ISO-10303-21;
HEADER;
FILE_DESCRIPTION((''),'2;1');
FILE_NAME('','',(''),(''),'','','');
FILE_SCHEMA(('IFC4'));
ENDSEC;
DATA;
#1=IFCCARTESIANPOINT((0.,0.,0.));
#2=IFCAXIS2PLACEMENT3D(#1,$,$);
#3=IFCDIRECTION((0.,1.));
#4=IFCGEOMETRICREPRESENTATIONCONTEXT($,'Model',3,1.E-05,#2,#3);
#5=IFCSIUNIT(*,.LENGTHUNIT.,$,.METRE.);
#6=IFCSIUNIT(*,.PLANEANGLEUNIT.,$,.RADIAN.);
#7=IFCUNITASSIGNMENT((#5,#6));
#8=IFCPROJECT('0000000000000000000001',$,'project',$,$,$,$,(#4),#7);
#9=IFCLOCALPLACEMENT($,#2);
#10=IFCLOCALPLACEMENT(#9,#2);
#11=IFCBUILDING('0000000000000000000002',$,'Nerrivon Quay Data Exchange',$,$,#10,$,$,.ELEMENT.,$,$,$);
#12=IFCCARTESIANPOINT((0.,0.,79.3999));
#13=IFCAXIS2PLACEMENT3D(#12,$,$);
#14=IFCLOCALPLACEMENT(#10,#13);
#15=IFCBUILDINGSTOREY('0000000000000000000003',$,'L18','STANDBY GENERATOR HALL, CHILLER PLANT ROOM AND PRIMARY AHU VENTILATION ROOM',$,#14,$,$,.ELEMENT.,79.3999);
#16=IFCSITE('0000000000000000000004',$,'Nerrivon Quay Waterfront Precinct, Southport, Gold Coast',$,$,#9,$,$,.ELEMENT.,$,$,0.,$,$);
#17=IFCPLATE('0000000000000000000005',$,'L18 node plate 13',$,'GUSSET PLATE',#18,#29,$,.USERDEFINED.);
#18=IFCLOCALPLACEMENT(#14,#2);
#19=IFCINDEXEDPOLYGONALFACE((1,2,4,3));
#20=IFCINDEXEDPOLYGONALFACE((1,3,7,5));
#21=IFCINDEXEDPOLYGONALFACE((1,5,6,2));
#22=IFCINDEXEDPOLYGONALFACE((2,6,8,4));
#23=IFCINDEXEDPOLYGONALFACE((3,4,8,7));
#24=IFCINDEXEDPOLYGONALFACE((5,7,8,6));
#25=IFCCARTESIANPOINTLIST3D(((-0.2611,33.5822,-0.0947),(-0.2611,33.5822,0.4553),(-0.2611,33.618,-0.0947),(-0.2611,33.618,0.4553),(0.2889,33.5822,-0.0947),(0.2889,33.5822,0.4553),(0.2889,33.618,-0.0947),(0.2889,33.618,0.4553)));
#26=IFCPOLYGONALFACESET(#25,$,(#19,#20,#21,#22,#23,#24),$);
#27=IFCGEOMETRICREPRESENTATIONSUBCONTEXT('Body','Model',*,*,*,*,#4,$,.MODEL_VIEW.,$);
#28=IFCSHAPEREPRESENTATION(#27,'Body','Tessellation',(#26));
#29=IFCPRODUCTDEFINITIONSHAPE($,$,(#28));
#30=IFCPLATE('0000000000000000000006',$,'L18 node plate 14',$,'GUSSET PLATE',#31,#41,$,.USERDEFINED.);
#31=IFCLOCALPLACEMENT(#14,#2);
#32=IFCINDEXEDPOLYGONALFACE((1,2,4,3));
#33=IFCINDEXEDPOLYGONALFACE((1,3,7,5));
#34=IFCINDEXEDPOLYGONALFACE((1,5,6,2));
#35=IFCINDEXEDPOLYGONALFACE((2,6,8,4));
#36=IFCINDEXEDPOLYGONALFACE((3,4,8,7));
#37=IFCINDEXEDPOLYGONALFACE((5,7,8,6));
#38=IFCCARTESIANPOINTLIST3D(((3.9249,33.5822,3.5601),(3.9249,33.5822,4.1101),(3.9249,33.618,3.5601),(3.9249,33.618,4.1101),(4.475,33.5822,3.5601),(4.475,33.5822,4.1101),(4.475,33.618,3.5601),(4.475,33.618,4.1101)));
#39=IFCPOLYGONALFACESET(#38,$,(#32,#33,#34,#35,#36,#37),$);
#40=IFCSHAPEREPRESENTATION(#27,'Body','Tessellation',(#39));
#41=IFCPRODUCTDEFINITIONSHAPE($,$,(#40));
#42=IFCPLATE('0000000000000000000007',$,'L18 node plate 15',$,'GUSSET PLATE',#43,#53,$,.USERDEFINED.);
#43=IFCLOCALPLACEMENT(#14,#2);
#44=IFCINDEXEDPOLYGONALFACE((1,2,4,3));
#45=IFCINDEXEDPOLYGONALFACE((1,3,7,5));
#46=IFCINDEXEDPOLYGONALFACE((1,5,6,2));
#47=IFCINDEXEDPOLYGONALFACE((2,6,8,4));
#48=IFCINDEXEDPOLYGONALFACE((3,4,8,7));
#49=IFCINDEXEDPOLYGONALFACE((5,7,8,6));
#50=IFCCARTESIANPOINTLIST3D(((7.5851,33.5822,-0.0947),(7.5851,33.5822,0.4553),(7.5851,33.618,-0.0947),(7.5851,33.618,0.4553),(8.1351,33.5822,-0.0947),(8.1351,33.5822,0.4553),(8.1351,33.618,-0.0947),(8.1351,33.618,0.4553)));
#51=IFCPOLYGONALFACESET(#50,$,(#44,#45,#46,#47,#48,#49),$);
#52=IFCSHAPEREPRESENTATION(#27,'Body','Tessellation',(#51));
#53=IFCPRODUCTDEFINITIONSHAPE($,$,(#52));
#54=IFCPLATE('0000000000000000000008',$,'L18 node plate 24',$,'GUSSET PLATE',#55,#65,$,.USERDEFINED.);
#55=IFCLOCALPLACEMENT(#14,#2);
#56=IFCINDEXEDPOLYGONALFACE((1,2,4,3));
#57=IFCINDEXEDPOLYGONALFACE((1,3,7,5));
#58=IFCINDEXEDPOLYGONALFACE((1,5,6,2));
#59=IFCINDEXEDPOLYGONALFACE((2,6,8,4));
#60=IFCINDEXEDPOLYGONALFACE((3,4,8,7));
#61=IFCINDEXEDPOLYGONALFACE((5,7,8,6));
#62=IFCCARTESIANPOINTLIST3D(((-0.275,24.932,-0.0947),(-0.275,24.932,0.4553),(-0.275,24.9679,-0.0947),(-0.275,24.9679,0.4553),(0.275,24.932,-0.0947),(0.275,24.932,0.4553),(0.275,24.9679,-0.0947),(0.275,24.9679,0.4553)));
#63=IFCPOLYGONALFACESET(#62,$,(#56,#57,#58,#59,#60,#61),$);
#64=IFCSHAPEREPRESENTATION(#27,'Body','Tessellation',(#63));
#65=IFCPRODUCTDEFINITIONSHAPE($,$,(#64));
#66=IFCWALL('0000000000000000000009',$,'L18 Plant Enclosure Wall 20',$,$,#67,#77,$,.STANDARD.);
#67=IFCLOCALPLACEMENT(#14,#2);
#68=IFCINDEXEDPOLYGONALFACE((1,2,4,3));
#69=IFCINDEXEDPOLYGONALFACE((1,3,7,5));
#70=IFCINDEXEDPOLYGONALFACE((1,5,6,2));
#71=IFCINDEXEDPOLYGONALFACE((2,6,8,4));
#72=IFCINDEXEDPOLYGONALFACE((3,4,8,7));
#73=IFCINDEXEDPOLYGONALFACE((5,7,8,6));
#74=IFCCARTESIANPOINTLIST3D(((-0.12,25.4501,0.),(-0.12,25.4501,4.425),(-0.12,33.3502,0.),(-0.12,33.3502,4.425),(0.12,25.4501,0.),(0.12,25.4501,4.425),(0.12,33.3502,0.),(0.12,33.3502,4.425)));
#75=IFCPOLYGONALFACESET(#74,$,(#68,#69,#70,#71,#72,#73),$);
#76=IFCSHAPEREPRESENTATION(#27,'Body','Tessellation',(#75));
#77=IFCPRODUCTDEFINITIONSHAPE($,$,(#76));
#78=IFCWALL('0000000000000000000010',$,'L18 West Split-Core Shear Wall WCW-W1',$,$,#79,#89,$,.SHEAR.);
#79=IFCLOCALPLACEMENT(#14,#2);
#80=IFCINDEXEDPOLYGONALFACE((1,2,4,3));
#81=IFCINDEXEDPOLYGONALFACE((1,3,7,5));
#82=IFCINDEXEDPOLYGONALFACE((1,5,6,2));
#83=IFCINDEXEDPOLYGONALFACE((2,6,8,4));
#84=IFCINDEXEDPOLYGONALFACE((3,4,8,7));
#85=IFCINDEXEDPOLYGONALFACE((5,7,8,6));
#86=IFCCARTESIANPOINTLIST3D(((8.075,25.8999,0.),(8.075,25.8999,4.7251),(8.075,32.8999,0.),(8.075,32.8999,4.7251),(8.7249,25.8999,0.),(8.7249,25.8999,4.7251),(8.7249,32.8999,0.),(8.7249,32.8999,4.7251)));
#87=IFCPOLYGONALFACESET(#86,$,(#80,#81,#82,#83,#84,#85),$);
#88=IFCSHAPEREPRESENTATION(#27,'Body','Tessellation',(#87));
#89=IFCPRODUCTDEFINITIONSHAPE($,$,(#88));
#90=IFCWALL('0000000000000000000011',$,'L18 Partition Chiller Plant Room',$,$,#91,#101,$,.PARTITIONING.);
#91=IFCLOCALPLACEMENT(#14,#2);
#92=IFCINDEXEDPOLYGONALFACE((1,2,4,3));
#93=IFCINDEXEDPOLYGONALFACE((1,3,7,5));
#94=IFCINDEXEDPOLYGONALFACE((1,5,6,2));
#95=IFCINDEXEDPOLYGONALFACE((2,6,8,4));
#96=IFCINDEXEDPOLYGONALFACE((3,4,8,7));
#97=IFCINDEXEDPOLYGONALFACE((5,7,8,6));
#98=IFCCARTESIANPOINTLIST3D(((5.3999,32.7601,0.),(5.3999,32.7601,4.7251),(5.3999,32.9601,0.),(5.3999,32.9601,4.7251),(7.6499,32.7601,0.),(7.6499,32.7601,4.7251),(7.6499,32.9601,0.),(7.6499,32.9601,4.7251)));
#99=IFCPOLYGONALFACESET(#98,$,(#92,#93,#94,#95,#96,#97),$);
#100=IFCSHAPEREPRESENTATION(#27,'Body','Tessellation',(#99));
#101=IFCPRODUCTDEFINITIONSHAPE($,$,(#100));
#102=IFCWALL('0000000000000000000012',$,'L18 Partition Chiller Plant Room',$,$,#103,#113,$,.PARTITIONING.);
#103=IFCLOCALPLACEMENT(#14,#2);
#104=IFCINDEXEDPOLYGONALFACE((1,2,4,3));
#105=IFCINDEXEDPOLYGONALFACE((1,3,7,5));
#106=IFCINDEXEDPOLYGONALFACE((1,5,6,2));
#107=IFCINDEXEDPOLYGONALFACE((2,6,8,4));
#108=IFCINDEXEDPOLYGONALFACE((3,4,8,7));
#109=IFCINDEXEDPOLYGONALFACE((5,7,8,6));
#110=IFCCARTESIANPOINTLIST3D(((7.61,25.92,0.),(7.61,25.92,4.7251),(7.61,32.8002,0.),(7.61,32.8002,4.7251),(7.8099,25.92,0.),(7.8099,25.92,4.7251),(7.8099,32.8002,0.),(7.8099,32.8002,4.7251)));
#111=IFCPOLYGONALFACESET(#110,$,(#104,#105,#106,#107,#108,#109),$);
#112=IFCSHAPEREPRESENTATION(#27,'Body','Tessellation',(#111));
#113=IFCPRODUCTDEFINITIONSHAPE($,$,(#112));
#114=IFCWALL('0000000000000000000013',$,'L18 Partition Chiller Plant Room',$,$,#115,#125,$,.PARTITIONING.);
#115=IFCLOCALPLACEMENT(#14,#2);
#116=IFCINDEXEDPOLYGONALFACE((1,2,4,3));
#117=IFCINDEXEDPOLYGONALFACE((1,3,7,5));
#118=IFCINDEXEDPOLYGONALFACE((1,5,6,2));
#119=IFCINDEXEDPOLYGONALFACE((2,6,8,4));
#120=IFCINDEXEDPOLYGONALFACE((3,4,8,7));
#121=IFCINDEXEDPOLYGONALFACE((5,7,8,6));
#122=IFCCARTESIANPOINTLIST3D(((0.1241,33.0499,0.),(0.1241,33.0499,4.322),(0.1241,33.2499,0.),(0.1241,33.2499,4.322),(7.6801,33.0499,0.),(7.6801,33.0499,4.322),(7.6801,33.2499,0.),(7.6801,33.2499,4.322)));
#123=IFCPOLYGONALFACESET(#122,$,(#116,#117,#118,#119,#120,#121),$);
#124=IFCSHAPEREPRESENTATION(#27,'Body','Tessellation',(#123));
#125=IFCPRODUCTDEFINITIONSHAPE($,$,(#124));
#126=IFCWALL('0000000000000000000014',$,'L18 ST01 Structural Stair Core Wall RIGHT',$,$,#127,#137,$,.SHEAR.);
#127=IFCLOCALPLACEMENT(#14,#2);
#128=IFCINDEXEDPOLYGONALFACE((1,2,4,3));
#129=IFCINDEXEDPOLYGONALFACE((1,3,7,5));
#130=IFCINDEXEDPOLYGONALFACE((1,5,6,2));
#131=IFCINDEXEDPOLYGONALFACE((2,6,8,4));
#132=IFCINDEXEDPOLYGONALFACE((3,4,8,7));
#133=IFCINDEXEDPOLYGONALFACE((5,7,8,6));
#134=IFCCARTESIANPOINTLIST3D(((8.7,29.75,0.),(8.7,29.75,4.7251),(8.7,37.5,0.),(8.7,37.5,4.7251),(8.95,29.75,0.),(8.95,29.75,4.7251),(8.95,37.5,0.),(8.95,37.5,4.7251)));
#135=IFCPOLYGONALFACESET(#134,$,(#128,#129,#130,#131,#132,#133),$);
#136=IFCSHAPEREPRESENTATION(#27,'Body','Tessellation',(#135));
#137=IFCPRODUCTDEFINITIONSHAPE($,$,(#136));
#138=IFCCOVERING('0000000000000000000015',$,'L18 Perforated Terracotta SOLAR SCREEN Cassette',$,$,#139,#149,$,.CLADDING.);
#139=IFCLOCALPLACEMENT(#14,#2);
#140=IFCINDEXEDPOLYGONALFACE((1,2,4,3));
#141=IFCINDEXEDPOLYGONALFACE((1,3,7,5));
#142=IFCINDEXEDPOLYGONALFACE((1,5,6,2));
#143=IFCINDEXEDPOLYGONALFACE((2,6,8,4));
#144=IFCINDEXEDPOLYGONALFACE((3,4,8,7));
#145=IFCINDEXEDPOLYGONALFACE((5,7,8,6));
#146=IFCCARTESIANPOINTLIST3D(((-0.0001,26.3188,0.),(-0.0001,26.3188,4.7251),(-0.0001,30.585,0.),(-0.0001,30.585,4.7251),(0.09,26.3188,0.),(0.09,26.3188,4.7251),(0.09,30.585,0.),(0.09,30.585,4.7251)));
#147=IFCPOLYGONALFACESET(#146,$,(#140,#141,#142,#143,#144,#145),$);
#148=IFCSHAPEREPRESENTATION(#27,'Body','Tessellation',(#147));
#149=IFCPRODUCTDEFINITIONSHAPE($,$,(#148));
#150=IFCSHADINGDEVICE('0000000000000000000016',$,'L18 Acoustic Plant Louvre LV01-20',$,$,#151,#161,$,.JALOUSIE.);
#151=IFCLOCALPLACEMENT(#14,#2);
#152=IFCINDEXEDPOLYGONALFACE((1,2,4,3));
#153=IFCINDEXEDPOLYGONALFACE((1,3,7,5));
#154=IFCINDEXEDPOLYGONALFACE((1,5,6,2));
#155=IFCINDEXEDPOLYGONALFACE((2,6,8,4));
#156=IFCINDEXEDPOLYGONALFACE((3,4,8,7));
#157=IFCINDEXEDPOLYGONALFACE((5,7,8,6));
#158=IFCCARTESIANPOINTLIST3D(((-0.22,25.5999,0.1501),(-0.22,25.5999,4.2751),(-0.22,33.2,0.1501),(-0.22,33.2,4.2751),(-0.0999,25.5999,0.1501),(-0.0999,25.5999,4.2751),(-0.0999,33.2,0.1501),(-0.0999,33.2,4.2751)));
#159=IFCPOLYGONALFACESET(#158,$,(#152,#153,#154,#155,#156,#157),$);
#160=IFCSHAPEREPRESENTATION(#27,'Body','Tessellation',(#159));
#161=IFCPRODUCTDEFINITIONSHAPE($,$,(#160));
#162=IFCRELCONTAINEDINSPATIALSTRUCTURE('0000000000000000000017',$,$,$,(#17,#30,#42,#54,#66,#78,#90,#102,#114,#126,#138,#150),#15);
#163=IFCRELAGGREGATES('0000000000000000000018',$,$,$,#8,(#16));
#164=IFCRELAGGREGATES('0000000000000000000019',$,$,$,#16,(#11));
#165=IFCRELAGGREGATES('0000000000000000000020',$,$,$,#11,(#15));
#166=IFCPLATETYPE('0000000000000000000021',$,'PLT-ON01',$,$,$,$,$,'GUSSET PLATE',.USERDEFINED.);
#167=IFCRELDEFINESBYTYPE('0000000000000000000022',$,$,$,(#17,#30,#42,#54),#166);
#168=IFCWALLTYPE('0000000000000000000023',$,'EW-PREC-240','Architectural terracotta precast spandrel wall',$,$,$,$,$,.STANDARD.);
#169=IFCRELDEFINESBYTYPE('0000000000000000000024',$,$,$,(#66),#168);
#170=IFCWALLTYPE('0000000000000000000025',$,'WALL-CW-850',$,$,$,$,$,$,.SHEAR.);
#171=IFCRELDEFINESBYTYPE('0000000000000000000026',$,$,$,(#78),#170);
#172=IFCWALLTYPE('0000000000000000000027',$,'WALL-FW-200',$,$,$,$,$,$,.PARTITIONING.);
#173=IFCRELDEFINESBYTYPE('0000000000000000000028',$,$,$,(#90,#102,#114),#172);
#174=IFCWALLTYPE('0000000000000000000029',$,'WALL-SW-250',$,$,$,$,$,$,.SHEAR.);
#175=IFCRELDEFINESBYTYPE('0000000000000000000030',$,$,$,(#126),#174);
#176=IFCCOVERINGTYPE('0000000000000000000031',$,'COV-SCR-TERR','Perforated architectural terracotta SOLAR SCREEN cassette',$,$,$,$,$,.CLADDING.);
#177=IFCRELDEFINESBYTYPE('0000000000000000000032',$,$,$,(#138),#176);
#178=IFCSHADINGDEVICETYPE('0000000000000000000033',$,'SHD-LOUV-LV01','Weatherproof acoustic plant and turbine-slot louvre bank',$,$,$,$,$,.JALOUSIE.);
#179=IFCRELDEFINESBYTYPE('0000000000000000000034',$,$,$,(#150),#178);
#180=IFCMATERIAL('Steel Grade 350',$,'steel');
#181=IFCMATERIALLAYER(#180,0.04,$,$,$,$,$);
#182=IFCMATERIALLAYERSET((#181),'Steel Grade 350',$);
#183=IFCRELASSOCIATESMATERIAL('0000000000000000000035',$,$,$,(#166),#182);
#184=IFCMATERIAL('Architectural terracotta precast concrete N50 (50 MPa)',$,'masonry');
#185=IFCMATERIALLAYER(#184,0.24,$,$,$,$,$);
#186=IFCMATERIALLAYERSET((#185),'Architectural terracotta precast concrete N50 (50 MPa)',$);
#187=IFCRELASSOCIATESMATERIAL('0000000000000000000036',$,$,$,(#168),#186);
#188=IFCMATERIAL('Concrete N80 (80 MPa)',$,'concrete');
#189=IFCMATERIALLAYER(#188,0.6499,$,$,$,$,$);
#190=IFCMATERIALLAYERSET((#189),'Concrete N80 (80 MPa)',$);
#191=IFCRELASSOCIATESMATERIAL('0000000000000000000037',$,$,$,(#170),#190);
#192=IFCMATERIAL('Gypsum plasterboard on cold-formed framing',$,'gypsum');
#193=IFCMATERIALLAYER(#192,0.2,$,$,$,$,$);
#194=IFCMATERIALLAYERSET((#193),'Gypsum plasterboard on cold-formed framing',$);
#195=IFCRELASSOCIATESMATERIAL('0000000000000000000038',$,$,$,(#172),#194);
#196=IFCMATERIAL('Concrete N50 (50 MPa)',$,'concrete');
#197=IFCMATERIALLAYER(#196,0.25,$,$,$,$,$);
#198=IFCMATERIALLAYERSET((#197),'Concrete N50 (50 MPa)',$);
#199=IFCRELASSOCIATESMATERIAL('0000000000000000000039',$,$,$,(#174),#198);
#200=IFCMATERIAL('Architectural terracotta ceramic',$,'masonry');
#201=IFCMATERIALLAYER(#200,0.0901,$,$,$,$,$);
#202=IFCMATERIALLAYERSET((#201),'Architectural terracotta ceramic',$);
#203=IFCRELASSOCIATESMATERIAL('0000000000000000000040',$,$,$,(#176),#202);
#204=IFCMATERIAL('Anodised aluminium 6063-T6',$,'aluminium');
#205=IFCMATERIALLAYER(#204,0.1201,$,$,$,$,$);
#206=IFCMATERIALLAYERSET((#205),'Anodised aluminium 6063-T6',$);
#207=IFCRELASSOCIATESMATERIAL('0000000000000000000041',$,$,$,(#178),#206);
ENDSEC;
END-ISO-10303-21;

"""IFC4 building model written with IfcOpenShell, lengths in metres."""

from ifc_helpers import new_model, si_unit, direction, frame, frame_2d, origin, origin_2d, place, context, subcontext, project, spatial, rectangle, extrude, material, layer, layer_set, type_object, element, save


model = new_model("IFC4")

# Units and contexts
model_context = context("Model", 3, precision=1e-05, world=origin(), true_north=direction((0.0, 1.0)))
body_context = subcontext(model_context, "Body", "Model", "MODEL_VIEW")
ifc_project = project(units=[si_unit("LENGTHUNIT", "METRE"), si_unit("PLANEANGLEUNIT", "RADIAN")], contexts=[model_context])

# Site, building, storey
site_placement = place(None, origin())
site = spatial("IfcSite", under=ifc_project, at=site_placement, Name="Nerrivon Quay Waterfront Precinct, Southport, Gold Coast", CompositionType="ELEMENT", RefElevation=0.0)
building_placement = place(site_placement, origin())
building = spatial("IfcBuilding", under=site, at=building_placement, Name="Nerrivon Quay Data Exchange", CompositionType="ELEMENT")
storey_placement = place(building_placement, frame((0.0, 0.0, 79.3999)))
storey = spatial("IfcBuildingStorey", under=building, at=storey_placement, Name="L18", Description="STANDBY GENERATOR HALL, CHILLER PLANT ROOM AND PRIMARY AHU VENTILATION ROOM", CompositionType="ELEMENT", Elevation=79.3999)

# Shared definitions
ifc_material_1 = material(Name="Concrete N80 (80 MPa)", Category="concrete")
ifc_material_2 = material(Name="Steel Grade 350", Category="steel")

# Plates
ifc_layer_1 = layer(ifc_material_2, 0.04)
ifc_layer_set_1 = layer_set([ifc_layer_1], Name="Steel Grade 350")
plate_type = type_object("IfcPlateType", Name="PLT-ON01", ElementType="GUSSET PLATE", PredefinedType="USERDEFINED", material=ifc_layer_set_1)
for number, where, z_axis, x_axis, name in (
    (1, (0.0139, 33.6001, -0.0947), (0.0, 0.0, 1.0), (1.0, 0.0, 0.0), "L18 node plate 13"),
    (2, (4.2, 33.6001, 3.5601), (0.0, 0.0, 1.0), (1.0, 0.0, 0.0), "L18 node plate 14"),
    (3, (7.8601, 33.6001, -0.0947), (0.0, 0.0, 1.0), (1.0, 0.0, 0.0), "L18 node plate 15"),
    (4, (0.0, 24.95, -0.0947), (0.0, 0.0, 1.0), (1.0, 0.0, 0.0), "L18 node plate 24"),
):
    element("IfcPlate", number, at=place(storey_placement, frame(where, z_axis=z_axis, x_axis=x_axis)), inside=storey, type_object=plate_type, Name=name, ObjectType="GUSSET PLATE", PredefinedType="USERDEFINED", context=body_context, shape_type="SweptSolid", body=[
        extrude(rectangle(XDim=0.55, YDim=0.0359, at=origin_2d()), origin(), (0.0, 0.0, 1.0), 0.55),
    ])

# Walls
ifc_material_3 = material(Name="Architectural terracotta precast concrete N50 (50 MPa)", Category="masonry")
ifc_layer_2 = layer(ifc_material_3, 0.24)
ifc_layer_set_2 = layer_set([ifc_layer_2], Name="Architectural terracotta precast concrete N50 (50 MPa)")
wall_type_1 = type_object("IfcWallType", Name="EW-PREC-240", Description="Architectural terracotta precast spandrel wall", PredefinedType="STANDARD", material=ifc_layer_set_2)
wall_1_placement = place(storey_placement, frame((0.0, 25.45, 0.0), z_axis=(0.0, 0.0, 1.0), x_axis=(0.0, 1.0, 0.0)))
element("IfcWall", 5, at=wall_1_placement, inside=storey, type_object=wall_type_1, Name="L18 Plant Enclosure Wall 20", PredefinedType="STANDARD", context=body_context, shape_type="SweptSolid", body=[
    extrude(rectangle(XDim=7.9001, YDim=0.24, at=frame_2d((3.9502, 0.0))), origin(), (0.0, 0.0, 1.0), 4.425),
])
ifc_layer_3 = layer(ifc_material_1, 0.6499)
ifc_layer_set_3 = layer_set([ifc_layer_3], Name="Concrete N80 (80 MPa)")
wall_type_2 = type_object("IfcWallType", Name="WALL-CW-850", PredefinedType="SHEAR", material=ifc_layer_set_3)
wall_2_placement = place(storey_placement, frame((8.3999, 25.8999, 0.0), z_axis=(0.0, 0.0, 1.0), x_axis=(0.0, 1.0, 0.0)))
element("IfcWall", 6, at=wall_2_placement, inside=storey, type_object=wall_type_2, Name="L18 West Split-Core Shear Wall WCW-W1", PredefinedType="SHEAR", context=body_context, shape_type="SweptSolid", body=[
    extrude(rectangle(XDim=7.0, YDim=0.6499, at=frame_2d((3.5, 0.0))), origin(), (0.0, 0.0, 1.0), 4.7251),
])
ifc_material_4 = material(Name="Gypsum plasterboard on cold-formed framing", Category="gypsum")
ifc_layer_4 = layer(ifc_material_4, 0.2)
ifc_layer_set_4 = layer_set([ifc_layer_4], Name="Gypsum plasterboard on cold-formed framing")
wall_type_3 = type_object("IfcWallType", Name="WALL-FW-200", PredefinedType="PARTITIONING", material=ifc_layer_set_4)
wall_3_placement = place(storey_placement, frame((5.3999, 32.8601, 0.0), z_axis=(0.0, 0.0, 1.0), x_axis=(1.0, 0.0, 0.0)))
element("IfcWall", 7, at=wall_3_placement, inside=storey, type_object=wall_type_3, Name="L18 Partition Chiller Plant Room", PredefinedType="PARTITIONING", context=body_context, shape_type="SweptSolid", body=[
    extrude(rectangle(XDim=2.25, YDim=0.2, at=frame_2d((1.125, 0.0))), origin(), (0.0, 0.0, 1.0), 4.7251),
])
wall_4_placement = place(storey_placement, frame((7.71, 32.8, 0.0), z_axis=(0.0, 0.0, 1.0), x_axis=(0.0, -1.0, 0.0)))
element("IfcWall", 8, at=wall_4_placement, inside=storey, type_object=wall_type_3, Name="L18 Partition Chiller Plant Room", PredefinedType="PARTITIONING", context=body_context, shape_type="SweptSolid", body=[
    extrude(rectangle(XDim=6.8801, YDim=0.2, at=frame_2d((3.4399, 0.0))), origin(), (0.0, 0.0, 1.0), 4.7251),
])
wall_5_placement = place(storey_placement, frame((7.6799, 33.1499, 0.0), z_axis=(0.0, 0.0, 1.0), x_axis=(-1.0, 0.0, 0.0)))
element("IfcWall", 9, at=wall_5_placement, inside=storey, type_object=wall_type_3, Name="L18 Partition Chiller Plant Room", PredefinedType="PARTITIONING", context=body_context, shape_type="SweptSolid", body=[
    extrude(rectangle(XDim=7.5559, YDim=0.2, at=frame_2d((3.7778, 0.0))), origin(), (0.0, 0.0, 1.0), 4.322),
])
ifc_material_5 = material(Name="Concrete N50 (50 MPa)", Category="concrete")
ifc_layer_5 = layer(ifc_material_5, 0.25)
ifc_layer_set_5 = layer_set([ifc_layer_5], Name="Concrete N50 (50 MPa)")
wall_type_4 = type_object("IfcWallType", Name="WALL-SW-250", PredefinedType="SHEAR", material=ifc_layer_set_5)
wall_6_placement = place(storey_placement, frame((8.825, 29.75, 0.0), z_axis=(0.0, 0.0, 1.0), x_axis=(0.0, 1.0, 0.0)))
element("IfcWall", 10, at=wall_6_placement, inside=storey, type_object=wall_type_4, Name="L18 ST01 Structural Stair Core Wall RIGHT", PredefinedType="SHEAR", context=body_context, shape_type="SweptSolid", body=[
    extrude(rectangle(XDim=7.75, YDim=0.25, at=frame_2d((3.875, 0.0))), origin(), (0.0, 0.0, 1.0), 4.7251),
])

# Covering
ifc_material_6 = material(Name="Architectural terracotta ceramic", Category="masonry")
ifc_layer_6 = layer(ifc_material_6, 0.0901)
ifc_layer_set_6 = layer_set([ifc_layer_6], Name="Architectural terracotta ceramic")
covering_type = type_object("IfcCoveringType", Name="COV-SCR-TERR", Description="Perforated architectural terracotta SOLAR SCREEN cassette", PredefinedType="CLADDING", material=ifc_layer_set_6)
covering_placement = place(storey_placement, frame((0.0449, 28.4519, 0.0), z_axis=(0.0, 0.0, 1.0), x_axis=(0.0, 1.0, 0.0)))
element("IfcCovering", 11, at=covering_placement, inside=storey, type_object=covering_type, Name="L18 Perforated Terracotta SOLAR SCREEN Cassette", PredefinedType="CLADDING", context=body_context, shape_type="SweptSolid", body=[
    extrude(rectangle(XDim=4.2661, YDim=0.0901, at=origin_2d()), origin(), (0.0, 0.0, 1.0), 4.7251),
])

# Shading device
ifc_material_7 = material(Name="Anodised aluminium 6063-T6", Category="aluminium")
ifc_layer_7 = layer(ifc_material_7, 0.1201)
ifc_layer_set_7 = layer_set([ifc_layer_7], Name="Anodised aluminium 6063-T6")
shading_device_type = type_object("IfcShadingDeviceType", Name="SHD-LOUV-LV01", Description="Weatherproof acoustic plant and turbine-slot louvre bank", PredefinedType="JALOUSIE", material=ifc_layer_set_7)
shading_device_placement = place(storey_placement, frame((-0.1599, 29.3999, 0.1501), z_axis=(0.0, 0.0, 1.0), x_axis=(0.0, 1.0, 0.0)))
element("IfcShadingDevice", 12, at=shading_device_placement, inside=storey, type_object=shading_device_type, Name="L18 Acoustic Plant Louvre LV01-20", PredefinedType="JALOUSIE", context=body_context, shape_type="SweptSolid", body=[
    extrude(rectangle(XDim=7.6001, YDim=0.1201, at=origin_2d()), origin(), (0.0, 0.0, 1.0), 4.125),
])

save(model, "model.ifc")
